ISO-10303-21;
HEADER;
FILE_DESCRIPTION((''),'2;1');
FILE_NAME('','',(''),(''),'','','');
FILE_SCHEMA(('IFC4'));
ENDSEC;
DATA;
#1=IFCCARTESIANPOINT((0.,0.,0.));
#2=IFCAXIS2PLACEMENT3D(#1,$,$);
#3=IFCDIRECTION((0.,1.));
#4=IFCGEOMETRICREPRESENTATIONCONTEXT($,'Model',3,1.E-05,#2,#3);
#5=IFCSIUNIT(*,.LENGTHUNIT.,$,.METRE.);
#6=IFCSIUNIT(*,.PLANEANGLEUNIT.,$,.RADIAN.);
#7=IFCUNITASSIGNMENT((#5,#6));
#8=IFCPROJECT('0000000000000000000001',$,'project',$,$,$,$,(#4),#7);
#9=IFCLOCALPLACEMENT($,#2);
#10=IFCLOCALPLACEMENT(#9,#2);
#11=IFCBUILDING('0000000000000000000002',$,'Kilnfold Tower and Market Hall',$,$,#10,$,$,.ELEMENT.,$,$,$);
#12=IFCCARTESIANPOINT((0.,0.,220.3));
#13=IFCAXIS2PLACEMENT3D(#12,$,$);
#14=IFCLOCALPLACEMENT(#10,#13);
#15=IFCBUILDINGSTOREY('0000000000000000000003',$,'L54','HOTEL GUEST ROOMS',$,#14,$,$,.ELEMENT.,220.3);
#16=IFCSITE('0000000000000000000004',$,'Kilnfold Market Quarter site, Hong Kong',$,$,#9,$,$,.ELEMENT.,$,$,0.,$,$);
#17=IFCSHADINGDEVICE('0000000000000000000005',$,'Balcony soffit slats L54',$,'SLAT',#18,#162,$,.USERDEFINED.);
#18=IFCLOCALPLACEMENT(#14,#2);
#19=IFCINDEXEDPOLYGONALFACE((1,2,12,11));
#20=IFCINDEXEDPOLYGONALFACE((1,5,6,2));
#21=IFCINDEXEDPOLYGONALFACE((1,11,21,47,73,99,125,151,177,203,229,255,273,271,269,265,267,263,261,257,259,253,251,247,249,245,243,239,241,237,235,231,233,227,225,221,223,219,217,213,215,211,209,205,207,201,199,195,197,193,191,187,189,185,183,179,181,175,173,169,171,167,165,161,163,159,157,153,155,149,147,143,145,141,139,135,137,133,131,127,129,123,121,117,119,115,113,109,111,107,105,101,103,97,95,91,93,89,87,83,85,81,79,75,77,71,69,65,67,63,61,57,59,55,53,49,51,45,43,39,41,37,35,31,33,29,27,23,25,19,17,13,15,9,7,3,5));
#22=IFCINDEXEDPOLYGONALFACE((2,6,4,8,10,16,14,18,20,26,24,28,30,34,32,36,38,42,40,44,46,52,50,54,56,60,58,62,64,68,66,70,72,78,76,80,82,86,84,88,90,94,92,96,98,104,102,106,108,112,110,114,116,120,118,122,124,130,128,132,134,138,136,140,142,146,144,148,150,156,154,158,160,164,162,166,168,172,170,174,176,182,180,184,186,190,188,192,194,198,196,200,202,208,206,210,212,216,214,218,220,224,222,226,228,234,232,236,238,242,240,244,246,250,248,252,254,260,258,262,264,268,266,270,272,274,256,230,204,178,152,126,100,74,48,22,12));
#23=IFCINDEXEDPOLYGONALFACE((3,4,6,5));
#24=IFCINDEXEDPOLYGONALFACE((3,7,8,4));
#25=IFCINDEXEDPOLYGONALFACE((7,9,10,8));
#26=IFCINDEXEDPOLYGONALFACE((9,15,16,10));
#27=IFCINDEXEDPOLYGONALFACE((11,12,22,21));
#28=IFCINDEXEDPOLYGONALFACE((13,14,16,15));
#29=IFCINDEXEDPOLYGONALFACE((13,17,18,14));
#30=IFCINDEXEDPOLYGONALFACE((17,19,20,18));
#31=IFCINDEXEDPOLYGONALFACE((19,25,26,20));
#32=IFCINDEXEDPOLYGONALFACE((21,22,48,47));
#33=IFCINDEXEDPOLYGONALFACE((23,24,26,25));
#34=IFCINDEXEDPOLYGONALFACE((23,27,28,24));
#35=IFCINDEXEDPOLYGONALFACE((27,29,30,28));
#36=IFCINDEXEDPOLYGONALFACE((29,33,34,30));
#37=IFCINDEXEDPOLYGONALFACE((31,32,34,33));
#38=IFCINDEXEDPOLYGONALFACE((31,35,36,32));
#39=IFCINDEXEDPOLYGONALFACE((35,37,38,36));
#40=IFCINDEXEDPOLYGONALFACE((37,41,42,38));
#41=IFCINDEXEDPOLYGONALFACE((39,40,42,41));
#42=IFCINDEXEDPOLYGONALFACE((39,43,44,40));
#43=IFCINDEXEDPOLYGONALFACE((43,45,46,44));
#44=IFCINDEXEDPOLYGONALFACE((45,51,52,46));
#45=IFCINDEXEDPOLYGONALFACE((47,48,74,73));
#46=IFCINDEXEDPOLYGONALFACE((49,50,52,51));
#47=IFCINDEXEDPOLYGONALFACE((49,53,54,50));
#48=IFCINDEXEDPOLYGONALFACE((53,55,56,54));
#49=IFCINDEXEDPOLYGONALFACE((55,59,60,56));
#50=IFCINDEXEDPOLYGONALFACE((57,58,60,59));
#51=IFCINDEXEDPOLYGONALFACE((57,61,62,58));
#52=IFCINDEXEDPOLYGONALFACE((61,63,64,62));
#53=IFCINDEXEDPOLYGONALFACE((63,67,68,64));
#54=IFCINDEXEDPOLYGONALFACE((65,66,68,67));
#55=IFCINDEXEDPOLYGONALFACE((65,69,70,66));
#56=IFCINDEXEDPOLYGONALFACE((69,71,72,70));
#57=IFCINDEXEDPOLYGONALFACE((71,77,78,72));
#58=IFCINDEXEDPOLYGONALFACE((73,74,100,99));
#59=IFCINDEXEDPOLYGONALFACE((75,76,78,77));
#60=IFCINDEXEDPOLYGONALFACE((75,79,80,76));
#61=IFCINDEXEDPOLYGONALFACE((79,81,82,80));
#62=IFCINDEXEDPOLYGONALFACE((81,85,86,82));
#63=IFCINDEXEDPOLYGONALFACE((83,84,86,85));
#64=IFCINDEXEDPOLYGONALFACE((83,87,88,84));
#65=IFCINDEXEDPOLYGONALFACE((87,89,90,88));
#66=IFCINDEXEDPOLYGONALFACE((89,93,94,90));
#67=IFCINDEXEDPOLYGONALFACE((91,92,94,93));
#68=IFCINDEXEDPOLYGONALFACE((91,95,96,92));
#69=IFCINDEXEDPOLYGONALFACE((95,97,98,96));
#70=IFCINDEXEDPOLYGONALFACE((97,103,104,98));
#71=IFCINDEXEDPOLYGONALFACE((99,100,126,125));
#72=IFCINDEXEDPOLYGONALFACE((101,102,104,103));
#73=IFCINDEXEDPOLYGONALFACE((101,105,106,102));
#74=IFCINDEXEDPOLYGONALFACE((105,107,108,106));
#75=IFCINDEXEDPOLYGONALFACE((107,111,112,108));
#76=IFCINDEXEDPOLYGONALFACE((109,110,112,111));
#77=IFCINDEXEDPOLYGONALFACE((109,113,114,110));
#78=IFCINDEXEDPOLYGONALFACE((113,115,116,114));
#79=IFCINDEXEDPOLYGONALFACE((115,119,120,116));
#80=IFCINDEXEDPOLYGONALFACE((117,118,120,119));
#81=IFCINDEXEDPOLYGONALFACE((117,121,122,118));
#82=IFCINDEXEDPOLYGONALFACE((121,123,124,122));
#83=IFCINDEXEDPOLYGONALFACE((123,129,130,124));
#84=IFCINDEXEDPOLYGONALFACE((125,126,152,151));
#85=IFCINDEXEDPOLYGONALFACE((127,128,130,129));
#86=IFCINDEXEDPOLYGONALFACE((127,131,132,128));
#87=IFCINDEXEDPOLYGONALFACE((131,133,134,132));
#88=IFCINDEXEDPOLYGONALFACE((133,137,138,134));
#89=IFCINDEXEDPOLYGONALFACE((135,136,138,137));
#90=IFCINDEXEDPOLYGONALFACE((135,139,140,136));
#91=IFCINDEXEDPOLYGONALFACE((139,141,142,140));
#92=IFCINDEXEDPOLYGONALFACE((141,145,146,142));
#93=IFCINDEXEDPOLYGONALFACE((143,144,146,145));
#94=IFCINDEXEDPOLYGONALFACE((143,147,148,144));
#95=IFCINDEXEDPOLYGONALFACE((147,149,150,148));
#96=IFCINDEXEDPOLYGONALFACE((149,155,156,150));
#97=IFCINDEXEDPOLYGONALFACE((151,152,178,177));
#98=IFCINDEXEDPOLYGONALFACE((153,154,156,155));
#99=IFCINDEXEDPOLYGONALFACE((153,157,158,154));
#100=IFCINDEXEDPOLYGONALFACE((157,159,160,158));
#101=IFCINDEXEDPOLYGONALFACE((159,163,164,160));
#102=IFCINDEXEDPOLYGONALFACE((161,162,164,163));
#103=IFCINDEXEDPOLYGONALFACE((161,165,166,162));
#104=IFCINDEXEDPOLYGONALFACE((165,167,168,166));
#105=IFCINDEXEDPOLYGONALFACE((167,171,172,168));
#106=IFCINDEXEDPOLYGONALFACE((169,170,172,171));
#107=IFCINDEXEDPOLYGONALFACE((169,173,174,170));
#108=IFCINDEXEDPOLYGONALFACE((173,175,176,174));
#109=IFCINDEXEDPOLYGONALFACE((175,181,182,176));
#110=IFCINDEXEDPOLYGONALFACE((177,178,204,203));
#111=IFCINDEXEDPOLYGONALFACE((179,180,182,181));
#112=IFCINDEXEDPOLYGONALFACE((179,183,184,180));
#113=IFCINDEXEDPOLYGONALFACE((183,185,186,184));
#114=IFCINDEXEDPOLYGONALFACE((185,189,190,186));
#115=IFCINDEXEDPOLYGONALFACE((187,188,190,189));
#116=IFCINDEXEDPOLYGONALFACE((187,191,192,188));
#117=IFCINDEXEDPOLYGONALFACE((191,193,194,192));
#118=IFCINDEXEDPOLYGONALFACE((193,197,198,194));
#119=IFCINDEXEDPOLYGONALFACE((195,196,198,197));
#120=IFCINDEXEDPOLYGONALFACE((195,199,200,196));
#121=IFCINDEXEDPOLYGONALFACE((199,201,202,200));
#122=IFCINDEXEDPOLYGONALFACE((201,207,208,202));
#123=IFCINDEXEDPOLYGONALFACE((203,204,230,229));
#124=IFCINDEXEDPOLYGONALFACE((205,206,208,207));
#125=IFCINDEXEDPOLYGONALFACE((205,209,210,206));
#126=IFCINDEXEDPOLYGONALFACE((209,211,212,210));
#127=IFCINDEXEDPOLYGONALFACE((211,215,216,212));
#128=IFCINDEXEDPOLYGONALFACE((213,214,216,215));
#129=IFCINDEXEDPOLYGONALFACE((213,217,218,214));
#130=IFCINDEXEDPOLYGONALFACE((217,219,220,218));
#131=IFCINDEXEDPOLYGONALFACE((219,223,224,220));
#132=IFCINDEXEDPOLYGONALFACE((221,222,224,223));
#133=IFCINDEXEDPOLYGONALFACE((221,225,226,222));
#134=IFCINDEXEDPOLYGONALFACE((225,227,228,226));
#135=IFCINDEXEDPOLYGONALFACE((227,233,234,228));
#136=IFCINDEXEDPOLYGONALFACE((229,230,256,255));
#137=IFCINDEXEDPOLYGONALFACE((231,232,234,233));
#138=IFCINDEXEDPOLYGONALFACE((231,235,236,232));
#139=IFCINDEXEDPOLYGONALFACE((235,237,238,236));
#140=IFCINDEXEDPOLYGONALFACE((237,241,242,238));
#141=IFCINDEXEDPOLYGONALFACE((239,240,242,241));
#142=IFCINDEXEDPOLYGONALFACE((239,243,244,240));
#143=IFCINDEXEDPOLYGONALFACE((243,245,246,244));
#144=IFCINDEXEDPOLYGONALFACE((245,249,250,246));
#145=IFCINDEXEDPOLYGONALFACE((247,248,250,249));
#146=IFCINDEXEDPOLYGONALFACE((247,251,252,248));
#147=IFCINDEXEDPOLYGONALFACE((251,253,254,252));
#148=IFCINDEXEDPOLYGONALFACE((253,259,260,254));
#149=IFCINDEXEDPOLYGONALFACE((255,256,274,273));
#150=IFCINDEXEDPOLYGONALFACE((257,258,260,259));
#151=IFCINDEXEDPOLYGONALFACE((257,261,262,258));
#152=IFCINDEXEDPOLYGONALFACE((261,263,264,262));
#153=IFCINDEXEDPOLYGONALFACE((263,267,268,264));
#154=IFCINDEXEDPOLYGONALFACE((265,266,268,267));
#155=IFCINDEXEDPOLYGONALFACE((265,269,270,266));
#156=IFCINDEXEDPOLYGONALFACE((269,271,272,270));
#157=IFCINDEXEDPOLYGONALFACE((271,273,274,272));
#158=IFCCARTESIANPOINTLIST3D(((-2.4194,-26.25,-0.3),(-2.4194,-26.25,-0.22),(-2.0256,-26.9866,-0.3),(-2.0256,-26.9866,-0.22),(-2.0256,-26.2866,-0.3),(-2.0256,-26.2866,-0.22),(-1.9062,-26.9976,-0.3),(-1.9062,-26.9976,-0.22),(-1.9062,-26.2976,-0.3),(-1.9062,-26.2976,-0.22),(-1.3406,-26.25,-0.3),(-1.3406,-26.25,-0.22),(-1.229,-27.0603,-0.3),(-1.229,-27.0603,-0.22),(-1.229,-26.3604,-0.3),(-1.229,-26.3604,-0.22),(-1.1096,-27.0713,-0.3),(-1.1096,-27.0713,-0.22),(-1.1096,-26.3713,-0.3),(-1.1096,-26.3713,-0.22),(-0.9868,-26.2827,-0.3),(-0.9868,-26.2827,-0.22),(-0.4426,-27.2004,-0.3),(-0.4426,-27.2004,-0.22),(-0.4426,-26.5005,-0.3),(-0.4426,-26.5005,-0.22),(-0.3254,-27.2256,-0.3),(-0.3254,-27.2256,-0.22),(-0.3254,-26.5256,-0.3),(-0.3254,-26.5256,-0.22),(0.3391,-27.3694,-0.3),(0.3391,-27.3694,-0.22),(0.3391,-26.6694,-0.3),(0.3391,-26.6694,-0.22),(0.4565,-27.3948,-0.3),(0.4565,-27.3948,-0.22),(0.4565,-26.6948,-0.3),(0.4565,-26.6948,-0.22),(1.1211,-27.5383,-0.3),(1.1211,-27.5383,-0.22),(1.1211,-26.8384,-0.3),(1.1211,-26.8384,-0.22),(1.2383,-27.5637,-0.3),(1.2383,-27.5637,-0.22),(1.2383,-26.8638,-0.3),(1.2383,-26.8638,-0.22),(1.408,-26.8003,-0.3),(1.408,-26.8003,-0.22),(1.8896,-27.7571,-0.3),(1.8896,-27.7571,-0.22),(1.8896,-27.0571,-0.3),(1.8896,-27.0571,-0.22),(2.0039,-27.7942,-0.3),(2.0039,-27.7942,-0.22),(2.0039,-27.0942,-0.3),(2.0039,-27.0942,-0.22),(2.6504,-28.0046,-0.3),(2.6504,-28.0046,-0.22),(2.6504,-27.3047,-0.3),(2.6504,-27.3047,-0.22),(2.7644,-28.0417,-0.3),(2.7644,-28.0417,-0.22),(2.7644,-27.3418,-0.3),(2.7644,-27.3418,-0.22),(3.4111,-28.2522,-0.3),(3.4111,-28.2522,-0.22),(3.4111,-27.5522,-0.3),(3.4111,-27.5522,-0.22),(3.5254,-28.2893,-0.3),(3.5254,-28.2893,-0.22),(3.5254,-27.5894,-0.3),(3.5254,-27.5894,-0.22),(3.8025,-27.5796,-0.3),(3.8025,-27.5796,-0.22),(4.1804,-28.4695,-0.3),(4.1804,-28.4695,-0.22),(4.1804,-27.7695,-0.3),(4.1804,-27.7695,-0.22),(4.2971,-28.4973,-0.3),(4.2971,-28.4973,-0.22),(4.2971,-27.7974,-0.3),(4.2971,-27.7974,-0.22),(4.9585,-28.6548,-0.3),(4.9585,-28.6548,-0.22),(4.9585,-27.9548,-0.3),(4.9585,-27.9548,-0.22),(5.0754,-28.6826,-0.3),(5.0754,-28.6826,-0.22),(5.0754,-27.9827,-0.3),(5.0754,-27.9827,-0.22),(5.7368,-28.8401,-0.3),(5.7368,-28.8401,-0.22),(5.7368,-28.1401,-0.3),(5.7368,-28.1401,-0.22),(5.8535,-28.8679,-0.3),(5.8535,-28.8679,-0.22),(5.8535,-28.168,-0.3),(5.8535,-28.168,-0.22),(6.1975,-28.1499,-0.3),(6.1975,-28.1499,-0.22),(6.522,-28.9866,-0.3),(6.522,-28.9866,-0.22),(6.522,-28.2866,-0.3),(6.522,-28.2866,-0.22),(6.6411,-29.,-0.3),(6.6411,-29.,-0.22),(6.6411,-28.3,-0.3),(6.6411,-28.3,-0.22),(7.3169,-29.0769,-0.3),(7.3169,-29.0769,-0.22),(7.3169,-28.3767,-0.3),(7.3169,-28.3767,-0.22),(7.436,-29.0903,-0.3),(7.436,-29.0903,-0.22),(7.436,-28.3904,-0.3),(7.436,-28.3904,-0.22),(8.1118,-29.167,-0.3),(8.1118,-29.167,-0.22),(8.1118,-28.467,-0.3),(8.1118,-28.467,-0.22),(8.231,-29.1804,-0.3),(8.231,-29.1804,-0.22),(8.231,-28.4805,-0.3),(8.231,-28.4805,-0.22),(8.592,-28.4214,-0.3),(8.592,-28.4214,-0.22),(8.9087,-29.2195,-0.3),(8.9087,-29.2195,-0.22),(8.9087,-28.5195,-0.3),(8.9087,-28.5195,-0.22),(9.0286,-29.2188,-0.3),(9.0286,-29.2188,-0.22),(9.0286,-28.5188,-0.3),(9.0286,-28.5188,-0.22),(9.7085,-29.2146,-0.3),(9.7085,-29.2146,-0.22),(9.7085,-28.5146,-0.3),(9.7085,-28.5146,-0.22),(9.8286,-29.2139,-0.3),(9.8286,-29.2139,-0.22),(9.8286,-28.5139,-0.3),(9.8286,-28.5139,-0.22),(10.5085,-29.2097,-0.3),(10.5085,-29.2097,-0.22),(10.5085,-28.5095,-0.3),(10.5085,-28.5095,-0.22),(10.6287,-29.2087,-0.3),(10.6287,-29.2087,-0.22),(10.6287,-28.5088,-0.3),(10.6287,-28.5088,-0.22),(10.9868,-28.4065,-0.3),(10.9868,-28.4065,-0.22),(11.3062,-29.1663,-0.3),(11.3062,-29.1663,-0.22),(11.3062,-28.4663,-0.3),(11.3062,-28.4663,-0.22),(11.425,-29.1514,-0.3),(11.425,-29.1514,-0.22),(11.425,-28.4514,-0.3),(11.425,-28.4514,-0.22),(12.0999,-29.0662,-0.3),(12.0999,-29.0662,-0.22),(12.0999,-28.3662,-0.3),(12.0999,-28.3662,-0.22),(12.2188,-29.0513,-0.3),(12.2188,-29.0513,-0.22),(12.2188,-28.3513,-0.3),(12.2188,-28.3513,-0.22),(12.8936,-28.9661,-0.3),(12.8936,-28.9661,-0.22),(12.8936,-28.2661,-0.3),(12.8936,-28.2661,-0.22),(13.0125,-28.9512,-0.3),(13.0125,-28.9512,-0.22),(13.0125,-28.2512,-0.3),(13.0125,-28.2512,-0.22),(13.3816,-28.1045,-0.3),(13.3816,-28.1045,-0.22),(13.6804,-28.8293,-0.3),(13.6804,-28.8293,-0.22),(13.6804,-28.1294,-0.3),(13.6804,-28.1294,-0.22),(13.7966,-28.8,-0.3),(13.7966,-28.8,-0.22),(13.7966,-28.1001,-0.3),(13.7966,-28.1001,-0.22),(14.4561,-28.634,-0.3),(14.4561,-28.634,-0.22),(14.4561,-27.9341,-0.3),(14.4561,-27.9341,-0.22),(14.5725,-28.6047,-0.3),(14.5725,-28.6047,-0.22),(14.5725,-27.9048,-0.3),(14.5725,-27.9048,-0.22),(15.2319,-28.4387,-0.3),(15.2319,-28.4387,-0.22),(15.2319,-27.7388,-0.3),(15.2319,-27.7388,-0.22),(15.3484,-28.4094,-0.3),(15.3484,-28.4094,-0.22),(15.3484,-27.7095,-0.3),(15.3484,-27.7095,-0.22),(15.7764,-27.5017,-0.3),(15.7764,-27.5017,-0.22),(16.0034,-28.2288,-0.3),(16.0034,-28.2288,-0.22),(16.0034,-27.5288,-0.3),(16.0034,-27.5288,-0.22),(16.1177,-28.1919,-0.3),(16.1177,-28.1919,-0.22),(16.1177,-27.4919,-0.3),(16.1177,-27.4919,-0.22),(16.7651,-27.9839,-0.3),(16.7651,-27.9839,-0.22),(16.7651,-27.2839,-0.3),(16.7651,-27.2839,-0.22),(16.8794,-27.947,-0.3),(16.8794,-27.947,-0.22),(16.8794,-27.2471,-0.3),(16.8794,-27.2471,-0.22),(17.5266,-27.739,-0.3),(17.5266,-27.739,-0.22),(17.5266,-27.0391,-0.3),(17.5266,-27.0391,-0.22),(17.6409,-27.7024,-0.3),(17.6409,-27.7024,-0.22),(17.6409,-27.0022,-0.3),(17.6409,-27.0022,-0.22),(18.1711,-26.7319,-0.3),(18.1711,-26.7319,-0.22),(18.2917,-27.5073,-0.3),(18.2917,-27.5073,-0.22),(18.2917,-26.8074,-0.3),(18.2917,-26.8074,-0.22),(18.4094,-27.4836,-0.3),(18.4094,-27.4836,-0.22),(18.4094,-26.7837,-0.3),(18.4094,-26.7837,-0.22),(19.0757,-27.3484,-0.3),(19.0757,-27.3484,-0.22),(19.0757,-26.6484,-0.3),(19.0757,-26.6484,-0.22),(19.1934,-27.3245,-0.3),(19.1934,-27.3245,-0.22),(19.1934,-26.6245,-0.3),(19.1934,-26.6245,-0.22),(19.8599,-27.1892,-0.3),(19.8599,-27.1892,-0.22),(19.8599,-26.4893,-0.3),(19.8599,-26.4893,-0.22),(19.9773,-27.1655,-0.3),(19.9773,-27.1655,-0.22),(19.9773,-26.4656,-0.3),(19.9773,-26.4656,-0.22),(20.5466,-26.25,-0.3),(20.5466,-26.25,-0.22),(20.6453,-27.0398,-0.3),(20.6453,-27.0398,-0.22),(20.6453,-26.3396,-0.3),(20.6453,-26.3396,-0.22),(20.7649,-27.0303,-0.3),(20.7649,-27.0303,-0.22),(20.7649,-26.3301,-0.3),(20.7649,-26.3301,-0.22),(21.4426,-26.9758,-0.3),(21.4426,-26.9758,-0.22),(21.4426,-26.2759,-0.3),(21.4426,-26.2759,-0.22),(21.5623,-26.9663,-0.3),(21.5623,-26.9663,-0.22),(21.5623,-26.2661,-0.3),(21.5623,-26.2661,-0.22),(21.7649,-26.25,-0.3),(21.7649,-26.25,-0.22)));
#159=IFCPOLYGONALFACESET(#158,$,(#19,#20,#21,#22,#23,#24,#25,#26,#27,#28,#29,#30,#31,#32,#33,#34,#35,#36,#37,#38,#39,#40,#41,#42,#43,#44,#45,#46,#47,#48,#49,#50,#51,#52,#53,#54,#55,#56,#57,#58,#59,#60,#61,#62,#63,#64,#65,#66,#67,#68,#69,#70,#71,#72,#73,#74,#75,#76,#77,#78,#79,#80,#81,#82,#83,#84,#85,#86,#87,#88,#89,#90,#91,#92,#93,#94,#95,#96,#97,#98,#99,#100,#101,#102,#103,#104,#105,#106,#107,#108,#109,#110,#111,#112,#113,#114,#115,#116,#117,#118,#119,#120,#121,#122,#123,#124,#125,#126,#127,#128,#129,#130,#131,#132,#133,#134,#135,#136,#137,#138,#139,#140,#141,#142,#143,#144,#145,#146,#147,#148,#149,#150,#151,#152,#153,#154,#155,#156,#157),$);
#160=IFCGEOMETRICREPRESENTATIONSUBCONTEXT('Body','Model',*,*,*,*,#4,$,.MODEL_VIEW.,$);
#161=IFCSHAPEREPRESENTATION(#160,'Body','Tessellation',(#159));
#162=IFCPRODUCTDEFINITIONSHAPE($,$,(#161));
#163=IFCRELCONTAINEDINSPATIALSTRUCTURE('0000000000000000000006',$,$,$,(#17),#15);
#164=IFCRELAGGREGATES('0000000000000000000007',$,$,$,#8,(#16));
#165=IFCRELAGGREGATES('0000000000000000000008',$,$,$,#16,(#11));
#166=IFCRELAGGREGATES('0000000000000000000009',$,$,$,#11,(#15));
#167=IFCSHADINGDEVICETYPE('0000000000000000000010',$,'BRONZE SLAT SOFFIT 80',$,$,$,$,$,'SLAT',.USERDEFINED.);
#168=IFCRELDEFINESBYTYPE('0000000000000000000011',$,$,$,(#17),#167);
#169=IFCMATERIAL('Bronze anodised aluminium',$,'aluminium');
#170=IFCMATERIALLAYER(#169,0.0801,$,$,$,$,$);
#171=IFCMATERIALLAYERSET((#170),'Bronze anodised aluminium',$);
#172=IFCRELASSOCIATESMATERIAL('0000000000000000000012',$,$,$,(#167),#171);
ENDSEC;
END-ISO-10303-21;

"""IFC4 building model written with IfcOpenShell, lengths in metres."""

from ifc_helpers import new_model, si_unit, direction, frame, origin, place, context, subcontext, project, spatial, polyline, outline, extrude, source, transform, mapped, material, layer, layer_set, type_object, element, save


model = new_model("IFC4")

# Units and contexts
model_context = context("Model", 3, precision=1e-05, world=origin(), true_north=direction((0.0, 1.0)))
body_context = subcontext(model_context, "Body", "Model", "MODEL_VIEW")
ifc_project = project(units=[si_unit("LENGTHUNIT", "METRE"), si_unit("PLANEANGLEUNIT", "RADIAN")], contexts=[model_context])

# Site, building, storey
site_placement = place(None, origin())
site = spatial("IfcSite", under=ifc_project, at=site_placement, Name="Kilnfold Market Quarter site, Hong Kong", CompositionType="ELEMENT", RefElevation=0.0)
building_placement = place(site_placement, origin())
building = spatial("IfcBuilding", under=site, at=building_placement, Name="Kilnfold Tower and Market Hall", CompositionType="ELEMENT")
storey_placement = place(building_placement, frame((0.0, 0.0, 220.3)))
storey = spatial("IfcBuildingStorey", under=building, at=storey_placement, Name="L54", Description="HOTEL GUEST ROOMS", CompositionType="ELEMENT", Elevation=220.3)

# Shading device
ifc_material_1 = material(Name="Bronze anodised aluminium", Category="aluminium")
ifc_layer_1 = layer(ifc_material_1, 0.0801)
ifc_layer_set_1 = layer_set([ifc_layer_1], Name="Bronze anodised aluminium")
shading_device_type_1 = type_object("IfcShadingDeviceType", Name="BRONZE SLAT SOFFIT 80", ElementType="SLAT", PredefinedType="USERDEFINED", material=ifc_layer_set_1)
shared_shape_1 = source(origin(), body_context, "Body", "SweptSolid", [
    extrude(outline(polyline([(-0.9868, -26.2827), (1.408, -26.8003), (3.8025, -27.5796), (6.1975, -28.1499), (8.592, -28.4214), (10.9868, -28.4065), (13.3816, -28.1045), (15.7764, -27.5017), (18.1711, -26.7319), (20.5466, -26.25), (21.7649, -26.25), (21.5623, -26.2661), (21.5623, -26.9663), (21.4426, -26.9758), (21.4426, -26.2759), (20.7649, -26.3301), (20.7649, -27.0303), (20.6453, -27.0398), (20.6453, -26.3396), (19.9773, -26.4656), (19.9773, -27.1655), (19.8599, -27.1892), (19.8599, -26.4893), (19.1934, -26.6245), (19.1934, -27.3245), (19.0757, -27.3484), (19.0757, -26.6484), (18.4094, -26.7837), (18.4094, -27.4836), (18.2917, -27.5073), (18.2917, -26.8074), (17.6409, -27.0022), (17.6409, -27.7024), (17.5266, -27.739), (17.5266, -27.0391), (16.8794, -27.2471), (16.8794, -27.947), (16.7651, -27.9839), (16.7651, -27.2839), (16.1177, -27.4919), (16.1177, -28.1919), (16.0034, -28.2288), (16.0034, -27.5288), (15.3484, -27.7095), (15.3484, -28.4094), (15.2319, -28.4387), (15.2319, -27.7388), (14.5725, -27.9048), (14.5725, -28.6047), (14.4561, -28.634), (14.4561, -27.9341), (13.7966, -28.1001), (13.7966, -28.8), (13.6804, -28.8293), (13.6804, -28.1294), (13.0125, -28.2512), (13.0125, -28.9512), (12.8936, -28.9661), (12.8936, -28.2661), (12.2188, -28.3513), (12.2188, -29.0513), (12.0999, -29.0662), (12.0999, -28.3662), (11.425, -28.4514), (11.425, -29.1514), (11.3062, -29.1663), (11.3062, -28.4663), (10.6287, -28.5088), (10.6287, -29.2087), (10.5085, -29.2097), (10.5085, -28.5095), (9.8286, -28.5139), (9.8286, -29.2139), (9.7085, -29.2146), (9.7085, -28.5146), (9.0286, -28.5188), (9.0286, -29.2188), (8.9087, -29.2195), (8.9087, -28.5195), (8.231, -28.4805), (8.231, -29.1804), (8.1118, -29.167), (8.1118, -28.467), (7.436, -28.3904), (7.436, -29.0903), (7.3169, -29.0769), (7.3169, -28.3767), (6.6411, -28.3), (6.6411, -29.0), (6.522, -28.9866), (6.522, -28.2866), (5.8535, -28.168), (5.8535, -28.8679), (5.7368, -28.8401), (5.7368, -28.1401), (5.0754, -27.9827), (5.0754, -28.6826), (4.9585, -28.6548), (4.9585, -27.9548), (4.2971, -27.7974), (4.2971, -28.4973), (4.1804, -28.4695), (4.1804, -27.7695), (3.5254, -27.5894), (3.5254, -28.2893), (3.4111, -28.2522), (3.4111, -27.5522), (2.7644, -27.3418), (2.7644, -28.0417), (2.6504, -28.0046), (2.6504, -27.3047), (2.0039, -27.0942), (2.0039, -27.7942), (1.8896, -27.7571), (1.8896, -27.0571), (1.2383, -26.8638), (1.2383, -27.5637), (1.1211, -27.5383), (1.1211, -26.8384), (0.4565, -26.6948), (0.4565, -27.3948), (0.3391, -27.3694), (0.3391, -26.6694), (-0.3254, -26.5256), (-0.3254, -27.2256), (-0.4426, -27.2004), (-0.4426, -26.5005), (-1.1096, -26.3713), (-1.1096, -27.0713), (-1.229, -27.0603), (-1.229, -26.3604), (-1.9062, -26.2976), (-1.9062, -26.9976), (-2.0256, -26.9866), (-2.0256, -26.2866), (-2.4194, -26.25), (-1.3406, -26.25), (-0.9868, -26.2827)])), origin(), (0.0, 0.0, 1.0), 0.0801),
])
shading_device_1_placement = place(storey_placement, frame((0.0, 0.0, -0.3)))
element("IfcShadingDevice", 1, at=shading_device_1_placement, inside=storey, type_object=shading_device_type_1, Name="Balcony soffit slats L54", ObjectType="SLAT", PredefinedType="USERDEFINED", context=body_context, shape_type="MappedRepresentation", body=[
    mapped(shared_shape_1, transform((0.0, 0.0, 0.0))),
])

save(model, "model.ifc")
